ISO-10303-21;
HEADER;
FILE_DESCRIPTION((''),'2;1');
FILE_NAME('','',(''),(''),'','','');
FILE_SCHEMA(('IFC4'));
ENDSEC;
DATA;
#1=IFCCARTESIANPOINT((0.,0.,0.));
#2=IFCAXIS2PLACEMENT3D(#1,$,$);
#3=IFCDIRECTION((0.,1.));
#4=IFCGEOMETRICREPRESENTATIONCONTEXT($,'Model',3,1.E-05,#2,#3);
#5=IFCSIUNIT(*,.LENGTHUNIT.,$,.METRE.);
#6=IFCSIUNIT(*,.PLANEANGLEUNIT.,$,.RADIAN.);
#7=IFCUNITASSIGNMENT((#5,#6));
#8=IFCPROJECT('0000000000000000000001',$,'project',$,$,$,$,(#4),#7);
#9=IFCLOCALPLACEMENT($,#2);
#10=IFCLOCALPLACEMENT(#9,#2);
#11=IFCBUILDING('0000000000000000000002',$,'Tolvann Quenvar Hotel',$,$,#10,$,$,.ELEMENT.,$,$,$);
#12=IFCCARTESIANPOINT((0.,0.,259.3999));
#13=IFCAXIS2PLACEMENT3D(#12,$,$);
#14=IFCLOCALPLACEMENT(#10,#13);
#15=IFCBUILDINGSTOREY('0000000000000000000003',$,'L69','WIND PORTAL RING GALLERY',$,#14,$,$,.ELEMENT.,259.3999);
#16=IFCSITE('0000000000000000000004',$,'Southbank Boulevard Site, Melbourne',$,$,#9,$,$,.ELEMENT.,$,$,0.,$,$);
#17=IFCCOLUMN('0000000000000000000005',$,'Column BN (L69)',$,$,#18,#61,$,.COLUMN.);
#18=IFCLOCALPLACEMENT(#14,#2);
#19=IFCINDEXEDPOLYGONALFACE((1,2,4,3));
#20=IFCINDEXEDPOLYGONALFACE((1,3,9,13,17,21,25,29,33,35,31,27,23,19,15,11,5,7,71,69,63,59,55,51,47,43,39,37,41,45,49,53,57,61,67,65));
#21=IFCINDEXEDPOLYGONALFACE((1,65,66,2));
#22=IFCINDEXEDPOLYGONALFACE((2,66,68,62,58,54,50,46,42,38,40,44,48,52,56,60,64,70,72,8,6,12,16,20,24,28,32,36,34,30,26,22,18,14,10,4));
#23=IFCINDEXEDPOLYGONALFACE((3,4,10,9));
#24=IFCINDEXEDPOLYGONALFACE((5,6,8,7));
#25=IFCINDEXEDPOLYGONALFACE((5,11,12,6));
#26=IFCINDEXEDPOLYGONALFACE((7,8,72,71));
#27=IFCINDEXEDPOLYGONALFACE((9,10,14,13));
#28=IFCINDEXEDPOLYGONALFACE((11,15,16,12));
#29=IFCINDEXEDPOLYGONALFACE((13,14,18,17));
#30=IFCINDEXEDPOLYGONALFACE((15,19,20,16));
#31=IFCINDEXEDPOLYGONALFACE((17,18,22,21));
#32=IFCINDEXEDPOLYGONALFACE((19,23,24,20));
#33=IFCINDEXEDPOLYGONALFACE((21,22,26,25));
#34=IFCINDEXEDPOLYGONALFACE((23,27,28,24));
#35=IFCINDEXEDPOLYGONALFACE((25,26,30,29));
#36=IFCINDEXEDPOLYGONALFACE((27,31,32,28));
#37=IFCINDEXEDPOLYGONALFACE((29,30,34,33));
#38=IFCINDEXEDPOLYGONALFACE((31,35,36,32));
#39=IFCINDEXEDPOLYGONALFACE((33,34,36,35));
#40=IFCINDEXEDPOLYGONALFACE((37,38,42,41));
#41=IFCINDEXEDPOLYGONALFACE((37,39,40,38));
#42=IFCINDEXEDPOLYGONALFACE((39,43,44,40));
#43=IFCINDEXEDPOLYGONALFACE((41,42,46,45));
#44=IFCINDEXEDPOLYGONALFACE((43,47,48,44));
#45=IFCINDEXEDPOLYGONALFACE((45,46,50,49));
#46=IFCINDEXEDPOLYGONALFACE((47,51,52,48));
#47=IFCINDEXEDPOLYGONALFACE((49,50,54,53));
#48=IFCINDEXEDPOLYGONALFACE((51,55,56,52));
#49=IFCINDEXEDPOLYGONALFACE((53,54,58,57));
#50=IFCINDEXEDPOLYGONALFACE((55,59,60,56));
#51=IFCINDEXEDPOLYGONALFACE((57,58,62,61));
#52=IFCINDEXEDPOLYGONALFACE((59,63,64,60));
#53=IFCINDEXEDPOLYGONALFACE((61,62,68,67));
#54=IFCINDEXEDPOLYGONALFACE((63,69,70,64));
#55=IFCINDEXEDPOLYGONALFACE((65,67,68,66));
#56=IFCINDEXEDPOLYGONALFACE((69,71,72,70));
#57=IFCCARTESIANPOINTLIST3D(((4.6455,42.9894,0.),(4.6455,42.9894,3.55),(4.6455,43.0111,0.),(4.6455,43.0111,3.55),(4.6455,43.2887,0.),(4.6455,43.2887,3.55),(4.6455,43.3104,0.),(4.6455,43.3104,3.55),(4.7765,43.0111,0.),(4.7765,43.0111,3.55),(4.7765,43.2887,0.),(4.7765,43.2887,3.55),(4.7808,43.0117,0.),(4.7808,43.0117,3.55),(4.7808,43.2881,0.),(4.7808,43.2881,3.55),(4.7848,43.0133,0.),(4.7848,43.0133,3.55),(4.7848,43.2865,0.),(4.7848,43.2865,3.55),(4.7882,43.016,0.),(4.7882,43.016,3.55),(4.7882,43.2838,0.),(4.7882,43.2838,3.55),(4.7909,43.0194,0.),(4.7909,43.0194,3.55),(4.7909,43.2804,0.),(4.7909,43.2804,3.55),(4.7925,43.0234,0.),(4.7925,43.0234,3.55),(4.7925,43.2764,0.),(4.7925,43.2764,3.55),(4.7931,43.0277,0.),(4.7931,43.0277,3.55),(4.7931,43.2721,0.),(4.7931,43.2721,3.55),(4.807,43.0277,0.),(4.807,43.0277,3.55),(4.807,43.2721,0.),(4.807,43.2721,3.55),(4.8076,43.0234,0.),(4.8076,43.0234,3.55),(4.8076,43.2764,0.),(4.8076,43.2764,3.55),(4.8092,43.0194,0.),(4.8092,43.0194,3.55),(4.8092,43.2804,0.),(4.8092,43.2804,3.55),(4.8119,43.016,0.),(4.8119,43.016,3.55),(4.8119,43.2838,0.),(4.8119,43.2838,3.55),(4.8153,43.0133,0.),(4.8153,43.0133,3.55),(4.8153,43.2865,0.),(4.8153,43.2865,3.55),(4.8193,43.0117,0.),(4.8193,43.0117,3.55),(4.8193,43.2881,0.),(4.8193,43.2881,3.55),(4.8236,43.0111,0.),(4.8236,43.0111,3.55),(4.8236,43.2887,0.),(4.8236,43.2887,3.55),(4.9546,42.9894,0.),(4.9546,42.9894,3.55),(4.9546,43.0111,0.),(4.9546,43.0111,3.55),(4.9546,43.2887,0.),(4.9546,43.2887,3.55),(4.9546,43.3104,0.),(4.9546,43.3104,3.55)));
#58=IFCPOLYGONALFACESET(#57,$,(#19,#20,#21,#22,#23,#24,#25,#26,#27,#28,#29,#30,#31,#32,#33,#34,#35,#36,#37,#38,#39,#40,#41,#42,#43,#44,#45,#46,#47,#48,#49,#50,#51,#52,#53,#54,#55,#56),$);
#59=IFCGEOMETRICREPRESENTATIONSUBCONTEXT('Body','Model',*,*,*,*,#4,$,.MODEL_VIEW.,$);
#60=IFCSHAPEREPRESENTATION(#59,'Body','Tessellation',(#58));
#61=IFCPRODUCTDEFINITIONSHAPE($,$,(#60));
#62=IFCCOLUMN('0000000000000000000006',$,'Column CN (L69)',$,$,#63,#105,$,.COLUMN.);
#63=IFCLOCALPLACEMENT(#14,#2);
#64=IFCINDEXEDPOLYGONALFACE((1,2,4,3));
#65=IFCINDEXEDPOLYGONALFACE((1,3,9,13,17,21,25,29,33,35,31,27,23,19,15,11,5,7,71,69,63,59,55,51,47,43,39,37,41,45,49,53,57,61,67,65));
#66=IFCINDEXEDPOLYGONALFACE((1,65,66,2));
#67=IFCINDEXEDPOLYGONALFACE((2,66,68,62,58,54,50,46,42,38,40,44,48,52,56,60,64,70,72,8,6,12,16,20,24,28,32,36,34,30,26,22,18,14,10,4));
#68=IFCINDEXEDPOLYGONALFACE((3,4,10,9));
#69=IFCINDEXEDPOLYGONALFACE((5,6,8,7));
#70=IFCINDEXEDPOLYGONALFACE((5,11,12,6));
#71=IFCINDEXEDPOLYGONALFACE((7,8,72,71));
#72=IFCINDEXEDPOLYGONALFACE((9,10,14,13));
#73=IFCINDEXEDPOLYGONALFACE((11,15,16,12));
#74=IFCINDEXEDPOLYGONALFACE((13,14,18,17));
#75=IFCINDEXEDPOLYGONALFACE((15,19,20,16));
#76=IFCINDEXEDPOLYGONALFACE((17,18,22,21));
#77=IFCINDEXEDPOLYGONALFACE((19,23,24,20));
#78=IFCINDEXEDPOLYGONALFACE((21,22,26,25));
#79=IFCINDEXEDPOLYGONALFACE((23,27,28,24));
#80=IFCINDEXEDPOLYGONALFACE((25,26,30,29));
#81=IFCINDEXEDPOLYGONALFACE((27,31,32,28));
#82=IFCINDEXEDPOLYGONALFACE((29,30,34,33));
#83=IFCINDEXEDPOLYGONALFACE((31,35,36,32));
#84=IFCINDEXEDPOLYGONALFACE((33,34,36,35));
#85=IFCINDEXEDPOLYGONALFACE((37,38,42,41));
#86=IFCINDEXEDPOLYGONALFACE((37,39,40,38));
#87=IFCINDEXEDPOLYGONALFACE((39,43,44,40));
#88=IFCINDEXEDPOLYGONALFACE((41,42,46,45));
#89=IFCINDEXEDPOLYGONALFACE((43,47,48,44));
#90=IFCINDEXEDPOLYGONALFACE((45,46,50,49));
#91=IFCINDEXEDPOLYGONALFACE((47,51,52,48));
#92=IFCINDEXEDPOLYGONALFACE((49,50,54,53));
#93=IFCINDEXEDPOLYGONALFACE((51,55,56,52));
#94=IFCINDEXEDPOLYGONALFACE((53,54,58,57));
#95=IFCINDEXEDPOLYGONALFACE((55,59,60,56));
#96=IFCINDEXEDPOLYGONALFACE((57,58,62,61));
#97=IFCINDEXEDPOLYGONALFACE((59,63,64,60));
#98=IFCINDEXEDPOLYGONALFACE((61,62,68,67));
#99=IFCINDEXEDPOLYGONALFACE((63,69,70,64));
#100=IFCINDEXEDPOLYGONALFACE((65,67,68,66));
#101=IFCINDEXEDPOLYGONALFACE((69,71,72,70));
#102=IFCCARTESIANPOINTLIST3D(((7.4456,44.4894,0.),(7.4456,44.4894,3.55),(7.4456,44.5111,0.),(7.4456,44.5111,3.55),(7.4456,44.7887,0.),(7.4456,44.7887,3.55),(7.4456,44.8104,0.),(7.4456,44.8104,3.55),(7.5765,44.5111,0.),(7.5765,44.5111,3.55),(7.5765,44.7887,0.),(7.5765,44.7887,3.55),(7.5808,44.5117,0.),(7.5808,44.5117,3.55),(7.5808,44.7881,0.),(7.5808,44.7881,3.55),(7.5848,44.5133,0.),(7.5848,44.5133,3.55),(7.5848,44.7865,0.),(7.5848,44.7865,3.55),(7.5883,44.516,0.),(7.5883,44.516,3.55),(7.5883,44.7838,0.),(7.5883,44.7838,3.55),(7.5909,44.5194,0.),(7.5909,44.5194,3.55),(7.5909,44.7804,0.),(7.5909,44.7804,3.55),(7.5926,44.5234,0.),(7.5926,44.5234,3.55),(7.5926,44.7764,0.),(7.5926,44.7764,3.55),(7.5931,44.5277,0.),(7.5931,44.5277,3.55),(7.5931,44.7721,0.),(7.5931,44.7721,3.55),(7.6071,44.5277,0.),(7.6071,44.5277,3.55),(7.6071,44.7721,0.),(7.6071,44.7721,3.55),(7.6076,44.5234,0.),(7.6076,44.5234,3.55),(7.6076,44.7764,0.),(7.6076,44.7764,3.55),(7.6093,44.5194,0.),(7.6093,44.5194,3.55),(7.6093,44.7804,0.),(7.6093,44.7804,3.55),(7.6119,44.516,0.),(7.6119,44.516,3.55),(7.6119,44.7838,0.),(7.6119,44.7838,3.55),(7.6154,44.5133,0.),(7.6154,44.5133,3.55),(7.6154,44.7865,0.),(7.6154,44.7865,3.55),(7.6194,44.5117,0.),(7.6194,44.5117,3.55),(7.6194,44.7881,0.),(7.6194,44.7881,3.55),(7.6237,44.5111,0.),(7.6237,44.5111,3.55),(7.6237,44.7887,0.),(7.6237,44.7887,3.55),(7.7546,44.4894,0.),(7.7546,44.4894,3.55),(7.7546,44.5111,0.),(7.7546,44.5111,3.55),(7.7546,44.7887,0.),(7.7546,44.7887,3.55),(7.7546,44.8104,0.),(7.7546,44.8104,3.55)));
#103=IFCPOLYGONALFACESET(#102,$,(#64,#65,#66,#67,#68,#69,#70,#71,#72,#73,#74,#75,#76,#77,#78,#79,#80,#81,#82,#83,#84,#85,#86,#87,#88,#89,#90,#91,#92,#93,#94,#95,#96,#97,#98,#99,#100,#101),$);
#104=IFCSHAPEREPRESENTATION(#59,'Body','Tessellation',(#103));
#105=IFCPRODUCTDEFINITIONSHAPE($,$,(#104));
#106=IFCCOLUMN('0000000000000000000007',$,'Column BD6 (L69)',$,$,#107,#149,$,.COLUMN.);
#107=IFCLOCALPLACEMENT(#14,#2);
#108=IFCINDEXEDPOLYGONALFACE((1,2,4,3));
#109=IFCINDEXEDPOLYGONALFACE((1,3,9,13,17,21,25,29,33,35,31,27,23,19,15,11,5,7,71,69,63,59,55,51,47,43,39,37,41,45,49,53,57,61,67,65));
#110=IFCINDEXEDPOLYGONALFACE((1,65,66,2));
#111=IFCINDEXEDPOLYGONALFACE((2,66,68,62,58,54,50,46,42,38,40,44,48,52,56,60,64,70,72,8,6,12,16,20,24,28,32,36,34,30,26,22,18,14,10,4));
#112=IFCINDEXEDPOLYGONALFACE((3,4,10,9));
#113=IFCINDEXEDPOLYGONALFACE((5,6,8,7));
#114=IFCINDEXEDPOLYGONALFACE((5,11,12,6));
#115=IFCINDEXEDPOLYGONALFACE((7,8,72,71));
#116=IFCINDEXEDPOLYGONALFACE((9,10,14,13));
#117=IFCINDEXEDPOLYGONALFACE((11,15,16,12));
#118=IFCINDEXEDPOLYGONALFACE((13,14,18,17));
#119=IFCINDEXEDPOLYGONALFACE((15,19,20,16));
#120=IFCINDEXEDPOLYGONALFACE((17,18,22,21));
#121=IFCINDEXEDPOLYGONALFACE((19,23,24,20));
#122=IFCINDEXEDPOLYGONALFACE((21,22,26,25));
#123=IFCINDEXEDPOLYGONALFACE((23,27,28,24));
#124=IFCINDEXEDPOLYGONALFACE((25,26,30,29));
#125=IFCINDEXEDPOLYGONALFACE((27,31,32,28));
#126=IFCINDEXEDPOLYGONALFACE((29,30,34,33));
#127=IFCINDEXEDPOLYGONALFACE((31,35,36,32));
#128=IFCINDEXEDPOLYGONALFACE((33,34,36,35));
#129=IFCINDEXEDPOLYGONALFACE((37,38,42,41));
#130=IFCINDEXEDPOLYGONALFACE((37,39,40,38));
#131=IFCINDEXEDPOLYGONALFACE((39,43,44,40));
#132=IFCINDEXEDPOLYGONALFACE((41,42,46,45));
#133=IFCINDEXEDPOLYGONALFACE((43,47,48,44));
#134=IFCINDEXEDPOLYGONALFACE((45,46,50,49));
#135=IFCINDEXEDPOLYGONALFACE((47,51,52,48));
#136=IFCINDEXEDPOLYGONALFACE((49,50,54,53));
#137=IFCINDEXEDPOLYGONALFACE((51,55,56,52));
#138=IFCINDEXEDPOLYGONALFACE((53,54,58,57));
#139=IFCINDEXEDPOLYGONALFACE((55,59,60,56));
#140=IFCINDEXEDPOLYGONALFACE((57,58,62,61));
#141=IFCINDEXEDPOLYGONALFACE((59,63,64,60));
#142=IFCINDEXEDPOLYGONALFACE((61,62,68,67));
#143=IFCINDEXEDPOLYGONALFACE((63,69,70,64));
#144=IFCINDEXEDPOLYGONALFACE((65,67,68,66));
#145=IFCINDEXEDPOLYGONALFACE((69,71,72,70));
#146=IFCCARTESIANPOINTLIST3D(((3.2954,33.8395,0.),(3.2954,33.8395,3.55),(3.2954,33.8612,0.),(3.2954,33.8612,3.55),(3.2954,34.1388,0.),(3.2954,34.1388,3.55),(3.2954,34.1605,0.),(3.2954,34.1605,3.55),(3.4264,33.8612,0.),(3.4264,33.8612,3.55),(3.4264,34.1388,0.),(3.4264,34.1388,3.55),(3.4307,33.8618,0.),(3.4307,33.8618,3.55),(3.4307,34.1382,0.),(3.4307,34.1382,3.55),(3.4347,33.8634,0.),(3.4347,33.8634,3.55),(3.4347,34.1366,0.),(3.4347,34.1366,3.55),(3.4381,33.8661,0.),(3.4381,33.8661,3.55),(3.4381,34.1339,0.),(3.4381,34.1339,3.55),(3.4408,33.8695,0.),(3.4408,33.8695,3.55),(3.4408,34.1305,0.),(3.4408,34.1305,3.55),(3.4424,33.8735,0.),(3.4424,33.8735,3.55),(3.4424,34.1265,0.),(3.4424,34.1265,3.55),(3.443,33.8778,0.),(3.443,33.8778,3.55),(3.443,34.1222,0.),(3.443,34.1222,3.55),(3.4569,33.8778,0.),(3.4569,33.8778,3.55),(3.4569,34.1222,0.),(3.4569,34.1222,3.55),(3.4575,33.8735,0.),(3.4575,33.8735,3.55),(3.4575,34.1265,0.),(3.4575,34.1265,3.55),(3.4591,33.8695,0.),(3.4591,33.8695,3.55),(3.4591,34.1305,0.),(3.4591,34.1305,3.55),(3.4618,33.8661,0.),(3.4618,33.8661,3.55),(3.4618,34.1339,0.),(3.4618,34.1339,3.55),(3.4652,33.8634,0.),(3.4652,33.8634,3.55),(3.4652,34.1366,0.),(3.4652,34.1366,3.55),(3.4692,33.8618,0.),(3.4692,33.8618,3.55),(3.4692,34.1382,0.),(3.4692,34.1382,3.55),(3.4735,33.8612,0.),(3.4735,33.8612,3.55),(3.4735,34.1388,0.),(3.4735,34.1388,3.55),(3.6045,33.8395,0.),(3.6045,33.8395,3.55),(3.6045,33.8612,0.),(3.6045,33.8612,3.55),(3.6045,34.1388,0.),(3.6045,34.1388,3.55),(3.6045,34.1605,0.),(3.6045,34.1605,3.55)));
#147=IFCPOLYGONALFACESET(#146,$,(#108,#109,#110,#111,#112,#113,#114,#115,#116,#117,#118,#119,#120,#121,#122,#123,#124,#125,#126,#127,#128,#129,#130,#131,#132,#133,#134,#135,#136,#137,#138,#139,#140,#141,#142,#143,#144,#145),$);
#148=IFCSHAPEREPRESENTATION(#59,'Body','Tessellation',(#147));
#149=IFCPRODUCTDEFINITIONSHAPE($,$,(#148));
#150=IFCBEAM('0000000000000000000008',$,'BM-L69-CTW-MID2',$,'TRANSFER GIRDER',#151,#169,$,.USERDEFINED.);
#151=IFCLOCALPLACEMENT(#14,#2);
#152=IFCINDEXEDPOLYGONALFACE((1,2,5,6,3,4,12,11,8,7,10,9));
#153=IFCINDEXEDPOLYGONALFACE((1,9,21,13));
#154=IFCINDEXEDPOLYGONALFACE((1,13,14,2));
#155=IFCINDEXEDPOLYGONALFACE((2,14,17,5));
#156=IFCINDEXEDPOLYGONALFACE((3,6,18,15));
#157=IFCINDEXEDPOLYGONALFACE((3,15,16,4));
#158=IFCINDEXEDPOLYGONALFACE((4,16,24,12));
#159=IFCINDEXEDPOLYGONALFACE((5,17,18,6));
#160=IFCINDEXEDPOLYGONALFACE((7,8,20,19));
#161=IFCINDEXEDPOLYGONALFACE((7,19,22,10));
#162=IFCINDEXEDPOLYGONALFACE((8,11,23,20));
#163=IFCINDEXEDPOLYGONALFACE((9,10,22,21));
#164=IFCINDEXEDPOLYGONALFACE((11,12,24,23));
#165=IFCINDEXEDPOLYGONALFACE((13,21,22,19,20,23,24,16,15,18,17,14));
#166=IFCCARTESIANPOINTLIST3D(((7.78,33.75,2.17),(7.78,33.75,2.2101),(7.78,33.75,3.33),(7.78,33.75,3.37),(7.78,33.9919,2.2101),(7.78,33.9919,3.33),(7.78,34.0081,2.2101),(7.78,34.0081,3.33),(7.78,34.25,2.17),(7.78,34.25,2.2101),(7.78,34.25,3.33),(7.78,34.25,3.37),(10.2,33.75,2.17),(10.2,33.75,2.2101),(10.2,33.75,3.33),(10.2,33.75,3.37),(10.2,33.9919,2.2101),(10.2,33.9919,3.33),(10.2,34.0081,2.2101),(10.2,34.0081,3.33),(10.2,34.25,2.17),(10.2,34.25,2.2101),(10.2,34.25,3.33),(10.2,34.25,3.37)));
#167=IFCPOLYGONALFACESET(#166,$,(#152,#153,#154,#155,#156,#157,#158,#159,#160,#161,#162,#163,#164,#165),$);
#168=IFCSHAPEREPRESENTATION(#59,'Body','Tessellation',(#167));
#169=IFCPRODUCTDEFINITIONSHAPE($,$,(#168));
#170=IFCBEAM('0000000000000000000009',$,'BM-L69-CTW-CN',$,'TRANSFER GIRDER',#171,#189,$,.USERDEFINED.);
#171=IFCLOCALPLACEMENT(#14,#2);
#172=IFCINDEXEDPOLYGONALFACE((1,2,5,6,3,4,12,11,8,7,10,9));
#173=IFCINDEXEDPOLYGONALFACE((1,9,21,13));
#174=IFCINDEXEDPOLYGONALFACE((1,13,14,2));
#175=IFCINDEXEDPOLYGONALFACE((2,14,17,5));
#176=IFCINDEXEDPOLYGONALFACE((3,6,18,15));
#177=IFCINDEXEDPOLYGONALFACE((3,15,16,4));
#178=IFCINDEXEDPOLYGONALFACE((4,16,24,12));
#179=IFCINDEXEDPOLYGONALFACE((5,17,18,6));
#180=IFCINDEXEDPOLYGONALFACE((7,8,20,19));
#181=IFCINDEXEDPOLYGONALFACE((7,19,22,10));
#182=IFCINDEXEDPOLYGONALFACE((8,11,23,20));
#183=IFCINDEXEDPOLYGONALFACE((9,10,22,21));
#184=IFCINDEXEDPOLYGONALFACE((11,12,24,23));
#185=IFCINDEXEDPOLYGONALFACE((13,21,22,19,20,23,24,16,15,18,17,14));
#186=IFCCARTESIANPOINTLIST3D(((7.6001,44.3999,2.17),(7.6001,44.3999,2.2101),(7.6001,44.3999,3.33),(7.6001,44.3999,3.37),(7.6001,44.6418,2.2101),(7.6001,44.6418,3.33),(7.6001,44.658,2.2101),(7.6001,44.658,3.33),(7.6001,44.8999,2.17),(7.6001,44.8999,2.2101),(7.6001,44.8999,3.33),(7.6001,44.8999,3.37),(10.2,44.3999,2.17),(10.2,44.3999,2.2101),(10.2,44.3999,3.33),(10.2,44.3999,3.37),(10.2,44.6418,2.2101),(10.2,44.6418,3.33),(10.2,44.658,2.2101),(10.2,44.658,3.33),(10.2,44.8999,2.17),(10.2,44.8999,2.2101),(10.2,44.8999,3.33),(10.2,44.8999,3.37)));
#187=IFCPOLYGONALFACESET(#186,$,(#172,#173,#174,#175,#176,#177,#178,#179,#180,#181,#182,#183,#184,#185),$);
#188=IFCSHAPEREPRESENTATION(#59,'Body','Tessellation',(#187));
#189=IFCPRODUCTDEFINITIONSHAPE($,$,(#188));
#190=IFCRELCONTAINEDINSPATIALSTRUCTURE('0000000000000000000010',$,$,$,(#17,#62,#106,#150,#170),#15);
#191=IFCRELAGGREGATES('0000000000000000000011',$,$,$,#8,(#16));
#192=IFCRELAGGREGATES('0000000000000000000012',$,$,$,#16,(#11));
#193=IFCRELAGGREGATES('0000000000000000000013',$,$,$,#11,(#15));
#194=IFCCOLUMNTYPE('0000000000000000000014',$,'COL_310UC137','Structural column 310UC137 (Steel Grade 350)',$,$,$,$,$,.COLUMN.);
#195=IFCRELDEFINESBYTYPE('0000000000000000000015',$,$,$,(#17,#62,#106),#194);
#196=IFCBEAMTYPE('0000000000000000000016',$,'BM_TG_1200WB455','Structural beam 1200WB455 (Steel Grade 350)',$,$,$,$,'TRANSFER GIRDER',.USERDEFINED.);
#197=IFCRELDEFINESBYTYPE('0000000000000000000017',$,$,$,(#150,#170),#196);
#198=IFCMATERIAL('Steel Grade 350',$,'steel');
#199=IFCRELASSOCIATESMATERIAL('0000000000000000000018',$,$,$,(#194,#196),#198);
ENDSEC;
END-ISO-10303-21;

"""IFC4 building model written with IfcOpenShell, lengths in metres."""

from ifc_helpers import new_model, si_unit, direction, frame, origin, origin_2d, place, context, subcontext, project, spatial, i_section, extrude, source, transform, mapped, material, material_profile, profile_set, type_object, type_shapes, element, save


model = new_model("IFC4")

# Units and contexts
model_context = context("Model", 3, precision=1e-05, world=origin(), true_north=direction((0.0, 1.0)))
body_context = subcontext(model_context, "Body", "Model", "MODEL_VIEW")
ifc_project = project(units=[si_unit("LENGTHUNIT", "METRE"), si_unit("PLANEANGLEUNIT", "RADIAN")], contexts=[model_context])

# Site, building, storey
site_placement = place(None, origin())
site = spatial("IfcSite", under=ifc_project, at=site_placement, Name="Southbank Boulevard Site, Melbourne", CompositionType="ELEMENT", RefElevation=0.0)
building_placement = place(site_placement, origin())
building = spatial("IfcBuilding", under=site, at=building_placement, Name="Tolvann Quenvar Hotel", CompositionType="ELEMENT")
storey_placement = place(building_placement, frame((0.0, 0.0, 259.3999)))
storey = spatial("IfcBuildingStorey", under=building, at=storey_placement, Name="L69", Description="WIND PORTAL RING GALLERY", CompositionType="ELEMENT", Elevation=259.3999)

# Columns
ifc_material_1 = material(Name="Steel Grade 350", Category="steel")
ifc_material_profile_1 = material_profile(ifc_material_1, i_section(OverallWidth=0.3091, OverallDepth=0.321, WebThickness=0.0139, FlangeThickness=0.0217, FilletRadius=0.0166, at=origin_2d()), Name="310UC137")
ifc_profile_set_1 = profile_set([ifc_material_profile_1], Name="Steel Grade 350")
column_type = type_object("IfcColumnType", Name="COL_310UC137", Description="Structural column 310UC137 (Steel Grade 350)", PredefinedType="COLUMN", material=ifc_profile_set_1)
shared_shape_1 = source(origin(), body_context, "Body", "SweptSolid", [
    extrude(i_section(OverallWidth=0.3091, OverallDepth=0.321, WebThickness=0.0139, FlangeThickness=0.0217, FilletRadius=0.0166, at=origin_2d()), origin(), (0.0, 0.0, 1.0), 3.55),
])
type_shapes(column_type, [shared_shape_1])
for number, where, z_axis, x_axis, name in (
    (1, (4.8, 43.1499, 0.0), (0.0, 0.0, 1.0), (1.0, 0.0, 0.0), "Column BN (L69)"),
    (2, (7.6001, 44.6499, 0.0), (0.0, 0.0, 1.0), (1.0, 0.0, 0.0), "Column CN (L69)"),
    (3, (3.45, 34.0, 0.0), (0.0, 0.0, 1.0), (1.0, 0.0, 0.0), "Column BD6 (L69)"),
):
    element("IfcColumn", number, at=place(storey_placement, frame(where, z_axis=z_axis, x_axis=x_axis)), inside=storey, type_object=column_type, Name=name, PredefinedType="COLUMN", context=body_context, shape_type="MappedRepresentation", body=[
        mapped(shared_shape_1, transform((0.0, 0.0, 0.0), x_axis=(1.0, 0.0, 0.0), y_axis=(0.0, 1.0, 0.0), z_axis=(0.0, 0.0, 1.0), scale=1.0)),
    ])

# Beams
ifc_material_profile_2 = material_profile(ifc_material_1, i_section(OverallWidth=0.5, OverallDepth=1.2, WebThickness=0.0161, FlangeThickness=0.04, at=origin_2d()), Name="1200WB455")
ifc_profile_set_2 = profile_set([ifc_material_profile_2], Name="Steel Grade 350")
beam_type_1 = type_object("IfcBeamType", Name="BM_TG_1200WB455", Description="Structural beam 1200WB455 (Steel Grade 350)", ElementType="TRANSFER GIRDER", PredefinedType="USERDEFINED", material=ifc_profile_set_2)
shared_shape_2 = source(origin(), body_context, "Body", "SweptSolid", [
    extrude(i_section(OverallWidth=0.5, OverallDepth=1.2, WebThickness=0.0161, FlangeThickness=0.04, at=origin_2d()), origin(), (0.0, 0.0, 1.0), 2.4199),
])
beam_1_placement = place(storey_placement, frame((7.78, 34.0, 2.77), z_axis=(1.0, 0.0, 0.0), x_axis=(0.0, 1.0, 0.0)))
element("IfcBeam", 4, at=beam_1_placement, inside=storey, type_object=beam_type_1, Name="BM-L69-CTW-MID2", ObjectType="TRANSFER GIRDER", PredefinedType="USERDEFINED", context=body_context, shape_type="MappedRepresentation", body=[
    mapped(shared_shape_2, transform((0.0, 0.0, 0.0), x_axis=(1.0, 0.0, 0.0), y_axis=(0.0, 1.0, 0.0), z_axis=(0.0, 0.0, 1.0), scale=1.0)),
])
shared_shape_3 = source(origin(), body_context, "Body", "SweptSolid", [
    extrude(i_section(OverallWidth=0.5, OverallDepth=1.2, WebThickness=0.0161, FlangeThickness=0.04, at=origin_2d()), origin(), (0.0, 0.0, 1.0), 2.5999),
])
beam_2_placement = place(storey_placement, frame((7.6001, 44.6499, 2.77), z_axis=(1.0, 0.0, 0.0), x_axis=(0.0, 1.0, 0.0)))
element("IfcBeam", 5, at=beam_2_placement, inside=storey, type_object=beam_type_1, Name="BM-L69-CTW-CN", ObjectType="TRANSFER GIRDER", PredefinedType="USERDEFINED", context=body_context, shape_type="MappedRepresentation", body=[
    mapped(shared_shape_3, transform((0.0, 0.0, 0.0), x_axis=(1.0, 0.0, 0.0), y_axis=(0.0, 1.0, 0.0), z_axis=(0.0, 0.0, 1.0), scale=1.0)),
])

save(model, "model.ifc")
